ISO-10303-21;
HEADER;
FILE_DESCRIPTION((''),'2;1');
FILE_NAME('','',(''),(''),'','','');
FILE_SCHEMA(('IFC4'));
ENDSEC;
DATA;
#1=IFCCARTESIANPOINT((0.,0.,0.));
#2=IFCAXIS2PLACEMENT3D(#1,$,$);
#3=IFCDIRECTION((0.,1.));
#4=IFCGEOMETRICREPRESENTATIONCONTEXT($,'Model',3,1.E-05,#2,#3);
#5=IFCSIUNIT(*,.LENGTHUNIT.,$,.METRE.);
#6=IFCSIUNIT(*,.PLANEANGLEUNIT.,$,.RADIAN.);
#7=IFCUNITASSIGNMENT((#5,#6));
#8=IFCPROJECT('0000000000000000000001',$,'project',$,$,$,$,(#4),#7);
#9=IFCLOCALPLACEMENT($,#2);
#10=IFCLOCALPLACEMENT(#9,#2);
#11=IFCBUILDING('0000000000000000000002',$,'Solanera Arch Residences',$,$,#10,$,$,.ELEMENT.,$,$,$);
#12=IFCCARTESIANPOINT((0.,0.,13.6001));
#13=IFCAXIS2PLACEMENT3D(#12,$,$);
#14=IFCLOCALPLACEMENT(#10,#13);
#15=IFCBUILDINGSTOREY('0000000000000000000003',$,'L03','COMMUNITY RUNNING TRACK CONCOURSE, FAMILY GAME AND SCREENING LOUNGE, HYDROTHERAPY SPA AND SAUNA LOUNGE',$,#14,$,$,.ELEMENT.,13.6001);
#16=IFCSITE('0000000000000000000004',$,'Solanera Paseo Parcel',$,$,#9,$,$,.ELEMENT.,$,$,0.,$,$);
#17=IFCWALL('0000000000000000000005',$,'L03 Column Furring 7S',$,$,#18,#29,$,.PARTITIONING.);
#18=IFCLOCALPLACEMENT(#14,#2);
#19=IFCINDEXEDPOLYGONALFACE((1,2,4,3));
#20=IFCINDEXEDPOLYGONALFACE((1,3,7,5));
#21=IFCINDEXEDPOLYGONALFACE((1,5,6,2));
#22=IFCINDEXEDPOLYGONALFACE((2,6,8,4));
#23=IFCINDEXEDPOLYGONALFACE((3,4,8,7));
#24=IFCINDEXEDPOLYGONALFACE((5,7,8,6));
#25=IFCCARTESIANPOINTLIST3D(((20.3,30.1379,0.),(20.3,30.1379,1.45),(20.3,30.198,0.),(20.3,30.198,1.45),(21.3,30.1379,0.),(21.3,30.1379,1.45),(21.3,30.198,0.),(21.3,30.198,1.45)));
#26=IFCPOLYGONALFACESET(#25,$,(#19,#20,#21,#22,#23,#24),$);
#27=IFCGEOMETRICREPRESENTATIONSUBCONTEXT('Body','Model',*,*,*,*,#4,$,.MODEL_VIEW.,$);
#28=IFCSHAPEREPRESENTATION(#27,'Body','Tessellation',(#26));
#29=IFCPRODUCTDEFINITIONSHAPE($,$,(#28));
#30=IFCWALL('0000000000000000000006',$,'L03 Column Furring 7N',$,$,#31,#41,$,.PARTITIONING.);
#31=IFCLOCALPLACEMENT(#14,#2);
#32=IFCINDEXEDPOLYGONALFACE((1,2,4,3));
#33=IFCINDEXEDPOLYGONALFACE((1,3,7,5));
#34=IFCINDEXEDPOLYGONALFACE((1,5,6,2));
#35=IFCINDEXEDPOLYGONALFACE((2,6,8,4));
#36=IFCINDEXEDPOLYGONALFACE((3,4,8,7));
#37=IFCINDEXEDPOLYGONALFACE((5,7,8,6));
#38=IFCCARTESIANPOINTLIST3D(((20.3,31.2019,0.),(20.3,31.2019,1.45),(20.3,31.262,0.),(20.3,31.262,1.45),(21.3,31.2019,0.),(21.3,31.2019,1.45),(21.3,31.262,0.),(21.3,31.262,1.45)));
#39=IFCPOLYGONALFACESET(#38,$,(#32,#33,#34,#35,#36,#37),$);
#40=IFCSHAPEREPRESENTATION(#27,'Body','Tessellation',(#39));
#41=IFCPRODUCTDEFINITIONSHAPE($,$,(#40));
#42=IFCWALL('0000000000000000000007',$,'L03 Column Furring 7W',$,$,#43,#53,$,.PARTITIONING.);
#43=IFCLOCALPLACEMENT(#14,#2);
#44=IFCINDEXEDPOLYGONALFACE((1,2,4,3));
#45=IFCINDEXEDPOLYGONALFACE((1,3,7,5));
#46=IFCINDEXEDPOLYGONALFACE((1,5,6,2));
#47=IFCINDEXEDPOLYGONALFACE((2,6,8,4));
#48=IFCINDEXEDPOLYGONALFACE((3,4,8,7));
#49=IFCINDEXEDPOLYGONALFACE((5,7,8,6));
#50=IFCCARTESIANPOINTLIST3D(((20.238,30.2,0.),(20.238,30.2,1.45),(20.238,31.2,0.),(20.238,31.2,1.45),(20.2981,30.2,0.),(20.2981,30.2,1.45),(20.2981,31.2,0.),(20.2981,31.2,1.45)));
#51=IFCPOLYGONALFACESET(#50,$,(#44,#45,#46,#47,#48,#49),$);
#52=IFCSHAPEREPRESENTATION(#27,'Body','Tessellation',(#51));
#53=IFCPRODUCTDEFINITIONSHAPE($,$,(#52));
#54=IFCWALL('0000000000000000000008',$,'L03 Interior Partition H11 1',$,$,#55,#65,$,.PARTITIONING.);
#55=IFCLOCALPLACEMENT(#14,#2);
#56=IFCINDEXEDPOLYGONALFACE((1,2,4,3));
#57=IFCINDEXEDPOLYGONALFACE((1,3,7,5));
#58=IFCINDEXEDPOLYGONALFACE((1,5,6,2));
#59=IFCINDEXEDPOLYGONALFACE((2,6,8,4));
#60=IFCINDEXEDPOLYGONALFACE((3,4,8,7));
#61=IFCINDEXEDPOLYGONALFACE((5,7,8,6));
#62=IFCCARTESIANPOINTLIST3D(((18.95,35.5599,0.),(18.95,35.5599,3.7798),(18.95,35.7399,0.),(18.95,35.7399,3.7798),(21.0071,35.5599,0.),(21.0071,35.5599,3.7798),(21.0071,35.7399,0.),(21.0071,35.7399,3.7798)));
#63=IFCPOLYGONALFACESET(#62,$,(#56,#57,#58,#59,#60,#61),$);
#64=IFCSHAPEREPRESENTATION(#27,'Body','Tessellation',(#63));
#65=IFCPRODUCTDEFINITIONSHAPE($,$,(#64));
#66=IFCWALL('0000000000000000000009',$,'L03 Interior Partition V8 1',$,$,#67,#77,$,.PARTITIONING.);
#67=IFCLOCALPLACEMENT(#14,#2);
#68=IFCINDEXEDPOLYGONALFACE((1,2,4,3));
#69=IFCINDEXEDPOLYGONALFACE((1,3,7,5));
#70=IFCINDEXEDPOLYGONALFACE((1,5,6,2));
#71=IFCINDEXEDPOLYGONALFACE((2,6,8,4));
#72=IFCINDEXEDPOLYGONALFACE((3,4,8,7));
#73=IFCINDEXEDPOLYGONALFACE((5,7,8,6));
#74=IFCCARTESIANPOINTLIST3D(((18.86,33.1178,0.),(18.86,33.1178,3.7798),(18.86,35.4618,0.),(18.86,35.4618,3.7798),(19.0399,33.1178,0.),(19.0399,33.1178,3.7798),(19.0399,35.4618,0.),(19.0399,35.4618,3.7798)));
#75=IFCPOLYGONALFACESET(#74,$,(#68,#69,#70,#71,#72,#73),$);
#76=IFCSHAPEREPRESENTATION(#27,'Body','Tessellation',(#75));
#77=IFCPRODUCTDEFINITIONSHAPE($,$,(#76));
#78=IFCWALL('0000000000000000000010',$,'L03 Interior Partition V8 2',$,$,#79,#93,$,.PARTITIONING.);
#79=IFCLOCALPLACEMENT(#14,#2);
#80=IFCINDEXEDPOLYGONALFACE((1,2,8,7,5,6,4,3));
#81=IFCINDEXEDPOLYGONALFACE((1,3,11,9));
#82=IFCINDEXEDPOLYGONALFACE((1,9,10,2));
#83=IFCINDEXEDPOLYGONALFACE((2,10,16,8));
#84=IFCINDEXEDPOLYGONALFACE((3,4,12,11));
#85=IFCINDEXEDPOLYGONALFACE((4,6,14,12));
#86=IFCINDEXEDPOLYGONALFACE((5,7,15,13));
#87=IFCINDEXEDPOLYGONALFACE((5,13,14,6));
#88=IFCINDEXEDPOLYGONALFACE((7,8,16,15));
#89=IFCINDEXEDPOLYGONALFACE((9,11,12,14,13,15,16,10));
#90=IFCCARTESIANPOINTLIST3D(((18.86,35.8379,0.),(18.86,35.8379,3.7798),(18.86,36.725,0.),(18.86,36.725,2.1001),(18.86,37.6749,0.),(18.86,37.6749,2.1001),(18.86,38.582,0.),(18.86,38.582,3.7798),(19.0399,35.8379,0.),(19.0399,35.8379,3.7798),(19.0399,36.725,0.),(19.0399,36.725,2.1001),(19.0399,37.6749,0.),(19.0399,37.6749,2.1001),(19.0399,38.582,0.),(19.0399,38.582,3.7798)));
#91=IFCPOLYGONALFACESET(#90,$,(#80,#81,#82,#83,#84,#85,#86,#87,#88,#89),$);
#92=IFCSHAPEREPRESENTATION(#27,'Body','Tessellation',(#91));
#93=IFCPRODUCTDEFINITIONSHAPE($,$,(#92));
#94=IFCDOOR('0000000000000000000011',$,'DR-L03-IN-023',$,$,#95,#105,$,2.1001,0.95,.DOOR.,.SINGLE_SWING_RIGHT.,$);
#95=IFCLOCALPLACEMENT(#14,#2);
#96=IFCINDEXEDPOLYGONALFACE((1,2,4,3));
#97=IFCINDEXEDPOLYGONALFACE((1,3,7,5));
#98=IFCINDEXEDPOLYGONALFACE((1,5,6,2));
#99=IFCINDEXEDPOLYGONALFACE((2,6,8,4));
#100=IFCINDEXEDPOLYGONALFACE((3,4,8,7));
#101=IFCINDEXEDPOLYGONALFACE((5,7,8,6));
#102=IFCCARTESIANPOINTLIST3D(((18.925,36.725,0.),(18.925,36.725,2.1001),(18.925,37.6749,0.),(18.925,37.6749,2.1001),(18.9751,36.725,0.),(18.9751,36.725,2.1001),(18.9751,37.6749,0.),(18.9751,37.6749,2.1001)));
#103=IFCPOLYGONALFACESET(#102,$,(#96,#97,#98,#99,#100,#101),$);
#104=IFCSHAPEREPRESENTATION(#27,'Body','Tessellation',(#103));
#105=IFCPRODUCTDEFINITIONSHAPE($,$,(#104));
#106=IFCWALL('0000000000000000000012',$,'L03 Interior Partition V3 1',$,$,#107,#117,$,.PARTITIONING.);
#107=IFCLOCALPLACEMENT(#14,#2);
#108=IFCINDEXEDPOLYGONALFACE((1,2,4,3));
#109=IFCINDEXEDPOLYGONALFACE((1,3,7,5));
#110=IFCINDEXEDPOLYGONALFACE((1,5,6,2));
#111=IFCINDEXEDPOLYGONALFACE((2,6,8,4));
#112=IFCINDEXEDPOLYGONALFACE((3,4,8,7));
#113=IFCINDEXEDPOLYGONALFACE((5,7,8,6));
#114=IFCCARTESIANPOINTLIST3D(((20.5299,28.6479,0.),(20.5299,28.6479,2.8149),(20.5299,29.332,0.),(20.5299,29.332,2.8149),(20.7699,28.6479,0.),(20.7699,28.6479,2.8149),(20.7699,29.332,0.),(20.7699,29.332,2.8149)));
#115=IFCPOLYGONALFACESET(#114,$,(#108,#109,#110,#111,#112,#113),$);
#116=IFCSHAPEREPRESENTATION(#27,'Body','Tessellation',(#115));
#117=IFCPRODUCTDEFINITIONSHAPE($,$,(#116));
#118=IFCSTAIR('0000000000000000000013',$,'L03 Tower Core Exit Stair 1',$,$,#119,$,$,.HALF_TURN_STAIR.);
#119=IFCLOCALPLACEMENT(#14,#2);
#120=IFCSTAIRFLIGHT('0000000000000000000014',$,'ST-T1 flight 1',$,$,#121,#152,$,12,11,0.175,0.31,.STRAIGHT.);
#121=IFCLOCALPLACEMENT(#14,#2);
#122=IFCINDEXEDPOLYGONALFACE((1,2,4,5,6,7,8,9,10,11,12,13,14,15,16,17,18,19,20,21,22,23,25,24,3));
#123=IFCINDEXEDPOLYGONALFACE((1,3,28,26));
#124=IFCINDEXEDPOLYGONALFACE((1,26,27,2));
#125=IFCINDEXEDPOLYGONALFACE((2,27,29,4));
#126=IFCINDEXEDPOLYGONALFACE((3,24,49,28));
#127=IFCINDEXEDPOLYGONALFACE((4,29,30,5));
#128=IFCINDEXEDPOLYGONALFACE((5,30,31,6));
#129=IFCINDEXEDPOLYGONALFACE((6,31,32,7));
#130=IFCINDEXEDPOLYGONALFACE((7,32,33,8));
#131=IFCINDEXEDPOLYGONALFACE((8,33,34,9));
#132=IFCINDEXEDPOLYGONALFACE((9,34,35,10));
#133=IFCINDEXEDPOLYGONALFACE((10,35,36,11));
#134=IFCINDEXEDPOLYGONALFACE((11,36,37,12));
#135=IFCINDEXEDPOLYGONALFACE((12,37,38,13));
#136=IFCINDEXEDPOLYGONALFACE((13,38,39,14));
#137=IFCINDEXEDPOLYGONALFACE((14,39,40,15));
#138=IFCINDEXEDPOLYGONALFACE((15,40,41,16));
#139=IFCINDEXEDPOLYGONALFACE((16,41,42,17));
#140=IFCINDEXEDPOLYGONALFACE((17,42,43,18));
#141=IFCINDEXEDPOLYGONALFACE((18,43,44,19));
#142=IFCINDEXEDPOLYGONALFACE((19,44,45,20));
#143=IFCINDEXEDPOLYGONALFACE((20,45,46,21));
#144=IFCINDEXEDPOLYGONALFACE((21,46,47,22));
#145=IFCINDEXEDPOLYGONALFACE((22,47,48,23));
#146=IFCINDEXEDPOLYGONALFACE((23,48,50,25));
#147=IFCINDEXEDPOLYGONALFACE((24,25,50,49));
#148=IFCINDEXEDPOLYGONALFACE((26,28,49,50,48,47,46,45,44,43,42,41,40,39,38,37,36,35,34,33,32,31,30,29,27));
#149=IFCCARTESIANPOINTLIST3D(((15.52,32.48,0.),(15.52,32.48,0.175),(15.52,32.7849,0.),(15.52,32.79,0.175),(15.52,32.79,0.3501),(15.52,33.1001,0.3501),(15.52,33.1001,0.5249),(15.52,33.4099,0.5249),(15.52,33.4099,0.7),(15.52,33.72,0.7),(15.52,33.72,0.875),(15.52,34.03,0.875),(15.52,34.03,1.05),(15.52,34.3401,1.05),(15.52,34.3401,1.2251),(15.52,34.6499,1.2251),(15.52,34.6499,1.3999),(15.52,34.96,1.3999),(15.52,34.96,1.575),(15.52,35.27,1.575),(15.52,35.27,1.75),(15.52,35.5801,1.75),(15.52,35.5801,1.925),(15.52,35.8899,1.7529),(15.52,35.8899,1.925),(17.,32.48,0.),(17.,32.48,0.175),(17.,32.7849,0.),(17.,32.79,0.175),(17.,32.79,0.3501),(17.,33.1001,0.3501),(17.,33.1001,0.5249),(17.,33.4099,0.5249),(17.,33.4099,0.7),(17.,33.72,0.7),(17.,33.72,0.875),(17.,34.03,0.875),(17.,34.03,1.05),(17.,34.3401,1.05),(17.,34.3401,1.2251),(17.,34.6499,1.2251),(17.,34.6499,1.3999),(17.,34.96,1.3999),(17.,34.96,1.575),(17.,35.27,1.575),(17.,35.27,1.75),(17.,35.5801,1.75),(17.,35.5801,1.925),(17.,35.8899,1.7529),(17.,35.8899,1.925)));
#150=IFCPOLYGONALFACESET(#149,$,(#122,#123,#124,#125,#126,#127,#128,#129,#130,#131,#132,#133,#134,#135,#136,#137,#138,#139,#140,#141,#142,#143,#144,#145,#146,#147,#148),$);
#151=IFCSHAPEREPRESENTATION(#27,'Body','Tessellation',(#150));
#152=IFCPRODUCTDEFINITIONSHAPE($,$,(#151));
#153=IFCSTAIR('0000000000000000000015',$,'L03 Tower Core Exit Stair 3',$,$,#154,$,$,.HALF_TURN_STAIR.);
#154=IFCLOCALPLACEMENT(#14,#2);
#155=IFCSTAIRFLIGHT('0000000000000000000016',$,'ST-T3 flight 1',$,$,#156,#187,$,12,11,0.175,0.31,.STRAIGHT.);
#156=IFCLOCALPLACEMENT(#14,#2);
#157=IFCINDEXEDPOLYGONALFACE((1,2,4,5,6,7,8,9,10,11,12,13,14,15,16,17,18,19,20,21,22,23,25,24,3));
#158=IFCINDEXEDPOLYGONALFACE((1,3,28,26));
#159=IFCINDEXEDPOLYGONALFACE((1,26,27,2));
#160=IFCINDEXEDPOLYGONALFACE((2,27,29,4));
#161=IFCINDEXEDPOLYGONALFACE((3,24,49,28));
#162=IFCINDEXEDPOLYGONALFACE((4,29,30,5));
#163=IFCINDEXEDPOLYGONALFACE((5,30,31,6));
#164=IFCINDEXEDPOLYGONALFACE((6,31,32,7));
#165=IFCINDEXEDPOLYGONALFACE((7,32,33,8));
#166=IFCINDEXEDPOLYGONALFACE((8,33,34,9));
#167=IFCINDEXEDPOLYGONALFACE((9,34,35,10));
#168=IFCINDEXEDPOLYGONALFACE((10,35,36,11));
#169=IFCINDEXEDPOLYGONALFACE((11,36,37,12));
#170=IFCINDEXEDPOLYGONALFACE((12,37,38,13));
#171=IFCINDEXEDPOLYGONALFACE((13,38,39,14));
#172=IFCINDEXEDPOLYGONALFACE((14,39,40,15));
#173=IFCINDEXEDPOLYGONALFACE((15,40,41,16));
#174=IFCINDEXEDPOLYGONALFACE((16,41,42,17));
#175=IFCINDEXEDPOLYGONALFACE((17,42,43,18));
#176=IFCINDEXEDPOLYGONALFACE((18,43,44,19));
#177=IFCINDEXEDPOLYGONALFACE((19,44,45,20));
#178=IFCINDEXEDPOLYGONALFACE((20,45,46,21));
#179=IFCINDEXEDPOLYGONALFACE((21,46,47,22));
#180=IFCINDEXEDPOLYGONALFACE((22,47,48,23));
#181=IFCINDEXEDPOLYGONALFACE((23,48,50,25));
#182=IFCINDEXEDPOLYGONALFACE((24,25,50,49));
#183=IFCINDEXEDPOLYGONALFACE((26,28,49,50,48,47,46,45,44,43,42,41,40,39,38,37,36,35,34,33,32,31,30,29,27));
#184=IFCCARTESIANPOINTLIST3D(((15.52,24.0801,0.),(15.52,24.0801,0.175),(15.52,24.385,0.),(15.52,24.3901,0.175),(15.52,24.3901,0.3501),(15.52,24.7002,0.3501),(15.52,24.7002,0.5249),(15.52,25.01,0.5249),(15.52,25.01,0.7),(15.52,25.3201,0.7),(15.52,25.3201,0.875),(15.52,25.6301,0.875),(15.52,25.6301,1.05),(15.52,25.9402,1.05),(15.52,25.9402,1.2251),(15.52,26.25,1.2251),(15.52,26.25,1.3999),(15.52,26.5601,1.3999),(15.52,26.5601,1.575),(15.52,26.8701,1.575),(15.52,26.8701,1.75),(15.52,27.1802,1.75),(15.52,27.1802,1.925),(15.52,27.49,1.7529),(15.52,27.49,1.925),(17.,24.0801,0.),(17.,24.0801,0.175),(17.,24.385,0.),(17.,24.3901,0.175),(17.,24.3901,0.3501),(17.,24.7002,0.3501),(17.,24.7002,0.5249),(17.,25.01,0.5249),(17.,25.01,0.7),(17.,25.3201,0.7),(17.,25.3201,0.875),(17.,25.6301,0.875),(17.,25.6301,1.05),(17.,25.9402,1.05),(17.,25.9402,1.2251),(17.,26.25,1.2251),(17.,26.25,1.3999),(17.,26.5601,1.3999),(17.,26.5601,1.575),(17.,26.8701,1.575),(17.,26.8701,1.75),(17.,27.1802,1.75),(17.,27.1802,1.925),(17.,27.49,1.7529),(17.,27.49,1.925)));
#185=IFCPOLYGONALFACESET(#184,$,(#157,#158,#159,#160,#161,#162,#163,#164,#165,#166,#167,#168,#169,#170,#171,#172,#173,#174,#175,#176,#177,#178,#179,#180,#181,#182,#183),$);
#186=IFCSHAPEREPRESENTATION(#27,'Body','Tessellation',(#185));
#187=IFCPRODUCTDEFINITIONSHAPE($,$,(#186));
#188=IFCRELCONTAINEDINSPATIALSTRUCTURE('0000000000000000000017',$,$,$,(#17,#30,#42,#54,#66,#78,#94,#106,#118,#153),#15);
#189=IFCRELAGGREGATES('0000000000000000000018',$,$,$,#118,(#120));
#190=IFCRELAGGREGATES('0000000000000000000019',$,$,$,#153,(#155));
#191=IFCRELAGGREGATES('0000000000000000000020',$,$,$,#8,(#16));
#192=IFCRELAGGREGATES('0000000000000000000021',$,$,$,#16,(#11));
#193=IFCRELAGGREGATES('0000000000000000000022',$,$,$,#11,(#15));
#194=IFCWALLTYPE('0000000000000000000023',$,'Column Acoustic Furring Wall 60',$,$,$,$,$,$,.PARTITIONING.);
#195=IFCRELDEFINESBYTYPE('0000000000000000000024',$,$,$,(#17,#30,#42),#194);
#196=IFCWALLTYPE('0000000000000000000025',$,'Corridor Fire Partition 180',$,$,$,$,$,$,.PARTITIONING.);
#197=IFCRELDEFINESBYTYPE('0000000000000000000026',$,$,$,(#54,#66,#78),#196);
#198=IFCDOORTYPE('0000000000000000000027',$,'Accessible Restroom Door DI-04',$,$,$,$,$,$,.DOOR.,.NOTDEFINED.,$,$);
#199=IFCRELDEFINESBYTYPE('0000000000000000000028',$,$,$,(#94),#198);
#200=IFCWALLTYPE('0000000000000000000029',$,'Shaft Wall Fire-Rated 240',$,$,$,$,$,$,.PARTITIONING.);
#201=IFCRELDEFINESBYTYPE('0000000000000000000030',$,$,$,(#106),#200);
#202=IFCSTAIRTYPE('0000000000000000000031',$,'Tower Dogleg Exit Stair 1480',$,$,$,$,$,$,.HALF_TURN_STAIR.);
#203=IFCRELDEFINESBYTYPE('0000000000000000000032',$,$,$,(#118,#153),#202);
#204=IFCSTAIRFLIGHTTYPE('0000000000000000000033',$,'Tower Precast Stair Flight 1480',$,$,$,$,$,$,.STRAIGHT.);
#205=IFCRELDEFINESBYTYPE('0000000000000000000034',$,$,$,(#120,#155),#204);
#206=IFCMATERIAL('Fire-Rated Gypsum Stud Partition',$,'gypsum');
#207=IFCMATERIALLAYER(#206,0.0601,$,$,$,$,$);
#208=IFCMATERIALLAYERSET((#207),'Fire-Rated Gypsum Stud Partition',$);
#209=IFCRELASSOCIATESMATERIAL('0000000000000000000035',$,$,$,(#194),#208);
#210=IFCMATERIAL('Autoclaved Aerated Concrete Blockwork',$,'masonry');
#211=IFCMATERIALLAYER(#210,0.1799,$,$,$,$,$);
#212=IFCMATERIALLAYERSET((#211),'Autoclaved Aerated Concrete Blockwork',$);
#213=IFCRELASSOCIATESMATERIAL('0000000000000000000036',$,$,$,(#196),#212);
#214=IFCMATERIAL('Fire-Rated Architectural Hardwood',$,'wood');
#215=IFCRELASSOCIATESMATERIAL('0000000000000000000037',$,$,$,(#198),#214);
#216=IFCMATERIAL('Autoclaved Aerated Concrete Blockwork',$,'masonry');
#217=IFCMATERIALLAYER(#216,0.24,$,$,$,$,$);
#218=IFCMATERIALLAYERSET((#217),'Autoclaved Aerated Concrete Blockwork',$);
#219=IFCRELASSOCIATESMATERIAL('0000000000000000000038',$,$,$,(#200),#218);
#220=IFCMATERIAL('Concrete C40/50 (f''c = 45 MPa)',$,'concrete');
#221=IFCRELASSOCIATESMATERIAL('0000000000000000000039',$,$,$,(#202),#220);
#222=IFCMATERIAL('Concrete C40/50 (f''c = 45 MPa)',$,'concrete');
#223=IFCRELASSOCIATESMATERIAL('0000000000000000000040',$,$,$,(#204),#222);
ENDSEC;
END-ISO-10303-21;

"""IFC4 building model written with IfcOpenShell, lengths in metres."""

from ifc_helpers import new_model, si_unit, direction, frame, frame_2d, origin, place, context, subcontext, project, spatial, polyline, rectangle, outline, extrude, material, layer, layer_set, type_object, element, fill, aggregate, save


model = new_model("IFC4")

# Units and contexts
model_context = context("Model", 3, precision=1e-05, world=origin(), true_north=direction((0.0, 1.0)))
body_context = subcontext(model_context, "Body", "Model", "MODEL_VIEW")
ifc_project = project(units=[si_unit("LENGTHUNIT", "METRE"), si_unit("PLANEANGLEUNIT", "RADIAN")], contexts=[model_context])

# Site, building, storey
site_placement = place(None, origin())
site = spatial("IfcSite", under=ifc_project, at=site_placement, Name="Solanera Paseo Parcel", CompositionType="ELEMENT", RefElevation=0.0)
building_placement = place(site_placement, origin())
building = spatial("IfcBuilding", under=site, at=building_placement, Name="Solanera Arch Residences", CompositionType="ELEMENT")
storey_placement = place(building_placement, frame((0.0, 0.0, 13.6001)))
storey = spatial("IfcBuildingStorey", under=building, at=storey_placement, Name="L03", Description="COMMUNITY RUNNING TRACK CONCOURSE, FAMILY GAME AND SCREENING LOUNGE, HYDROTHERAPY SPA AND SAUNA LOUNGE", CompositionType="ELEMENT", Elevation=13.6001)

# Walls
ifc_material_1 = material(Name="Fire-Rated Gypsum Stud Partition", Category="gypsum")
ifc_layer_1 = layer(ifc_material_1, 0.0601)
ifc_layer_set_1 = layer_set([ifc_layer_1], Name="Fire-Rated Gypsum Stud Partition")
wall_type_1 = type_object("IfcWallType", Name="Column Acoustic Furring Wall 60", PredefinedType="PARTITIONING", material=ifc_layer_set_1)
for number, where, z_axis, x_axis, name in (
    (1, (20.3, 30.168, 0.0), (0.0, 0.0, 1.0), (1.0, 0.0, 0.0), "L03 Column Furring 7S"),
    (2, (20.3, 31.2319, 0.0), (0.0, 0.0, 1.0), (1.0, 0.0, 0.0), "L03 Column Furring 7N"),
    (3, (20.2681, 30.2, 0.0), (0.0, 0.0, 1.0), (0.0, 1.0, 0.0), "L03 Column Furring 7W"),
):
    element("IfcWall", number, at=place(storey_placement, frame(where, z_axis=z_axis, x_axis=x_axis)), inside=storey, type_object=wall_type_1, Name=name, PredefinedType="PARTITIONING", context=body_context, shape_type="SweptSolid", body=[
        extrude(rectangle(XDim=1.0, YDim=0.0601, at=frame_2d((0.5, 0.0))), origin(), (0.0, 0.0, 1.0), 1.45),
    ])

# Walls
ifc_material_2 = material(Name="Autoclaved Aerated Concrete Blockwork", Category="masonry")
ifc_layer_2 = layer(ifc_material_2, 0.1799)
ifc_layer_set_2 = layer_set([ifc_layer_2], Name="Autoclaved Aerated Concrete Blockwork")
wall_type_2 = type_object("IfcWallType", Name="Corridor Fire Partition 180", PredefinedType="PARTITIONING", material=ifc_layer_set_2)
wall_1_placement = place(storey_placement, frame((18.95, 35.6499, 0.0), z_axis=(0.0, 0.0, 1.0), x_axis=(1.0, 0.0, 0.0)))
element("IfcWall", 4, at=wall_1_placement, inside=storey, type_object=wall_type_2, Name="L03 Interior Partition H11 1", PredefinedType="PARTITIONING", context=body_context, shape_type="SweptSolid", body=[
    extrude(rectangle(XDim=2.0571, YDim=0.1799, at=frame_2d((1.0286, 0.0))), origin(), (0.0, 0.0, 1.0), 3.7798),
])
wall_2_placement = place(storey_placement, frame((18.95, 33.1179, 0.0), z_axis=(0.0, 0.0, 1.0), x_axis=(0.0, 1.0, 0.0)))
element("IfcWall", 5, at=wall_2_placement, inside=storey, type_object=wall_type_2, Name="L03 Interior Partition V8 1", PredefinedType="PARTITIONING", context=body_context, shape_type="SweptSolid", body=[
    extrude(rectangle(XDim=2.344, YDim=0.1799, at=frame_2d((1.1719, 0.0))), origin(), (0.0, 0.0, 1.0), 3.7798),
])

# Wall, opening, door
wall_3_placement = place(storey_placement, frame((18.95, 35.8379, 0.0), z_axis=(0.0, 0.0, 1.0), x_axis=(0.0, 1.0, 0.0)))
wall_3 = element("IfcWall", 6, at=wall_3_placement, inside=storey, type_object=wall_type_2, Name="L03 Interior Partition V8 2", PredefinedType="PARTITIONING", context=body_context, shape_type="SweptSolid", body=[
    extrude(rectangle(XDim=2.7441, YDim=0.1799, at=frame_2d((1.3721, 0.0))), origin(), (0.0, 0.0, 1.0), 3.7798),
])
opening_1_placement = place(wall_3_placement, frame((0.887, 0.0, 0.0)))
opening_1 = element("IfcOpeningElement", 7, at=opening_1_placement, cuts=wall_3, PredefinedType="OPENING", context=body_context, shape_type="SweptSolid", body=[
    extrude(rectangle(XDim=0.95, YDim=2.1001, at=frame_2d((0.4751, 1.05))), frame((0.0, 0.1001, 0.0), z_axis=(0.0, -1.0, 0.0), x_axis=(1.0, 0.0, 0.0)), (0.0, 0.0, 1.0), 0.1999),
])
ifc_material_3 = material(Name="Fire-Rated Architectural Hardwood", Category="wood")
door_type_1 = type_object("IfcDoorType", Name="Accessible Restroom Door DI-04", OperationType="NOTDEFINED", PredefinedType="DOOR", material=ifc_material_3)
door_1_placement = place(opening_1_placement, origin())
door_1 = element("IfcDoor", 8, at=door_1_placement, inside=storey, type_object=door_type_1, Name="DR-L03-IN-023", OperationType="SINGLE_SWING_RIGHT", OverallHeight=2.1001, OverallWidth=0.95, PredefinedType="DOOR", context=body_context, shape_type="SweptSolid", body=[
    extrude(rectangle(XDim=0.95, YDim=2.1001, at=frame_2d((0.4751, 1.05))), frame((0.0, 0.0249, 0.0), z_axis=(0.0, -1.0, 0.0), x_axis=(1.0, 0.0, 0.0)), (0.0, 0.0, 1.0), 0.05),
])
fill(opening_1, door_1)
ifc_material_4 = material(Name="Autoclaved Aerated Concrete Blockwork", Category="masonry")
ifc_layer_3 = layer(ifc_material_4, 0.24)
ifc_layer_set_3 = layer_set([ifc_layer_3], Name="Autoclaved Aerated Concrete Blockwork")
wall_type_3 = type_object("IfcWallType", Name="Shaft Wall Fire-Rated 240", PredefinedType="PARTITIONING", material=ifc_layer_set_3)

# Wall
wall_4_placement = place(storey_placement, frame((20.6499, 28.6479, 0.0), z_axis=(0.0, 0.0, 1.0), x_axis=(0.0, 1.0, 0.0)))
element("IfcWall", 9, at=wall_4_placement, inside=storey, type_object=wall_type_3, Name="L03 Interior Partition V3 1", PredefinedType="PARTITIONING", context=body_context, shape_type="SweptSolid", body=[
    extrude(rectangle(XDim=0.6841, YDim=0.24, at=frame_2d((0.342, 0.0))), origin(), (0.0, 0.0, 1.0), 2.8149),
])

# Stairs, stair flights
ifc_material_5 = material(Name="Concrete C40/50 (f'c = 45 MPa)", Category="concrete")
stair_type = type_object("IfcStairType", Name="Tower Dogleg Exit Stair 1480", PredefinedType="HALF_TURN_STAIR", material=ifc_material_5)
stair_1_placement = place(storey_placement, origin())
stair_1 = element("IfcStair", 10, at=stair_1_placement, inside=storey, type_object=stair_type, Name="L03 Tower Core Exit Stair 1", PredefinedType="HALF_TURN_STAIR")
ifc_material_6 = material(Name="Concrete C40/50 (f'c = 45 MPa)", Category="concrete")
stair_flight_type = type_object("IfcStairFlightType", Name="Tower Precast Stair Flight 1480", PredefinedType="STRAIGHT", material=ifc_material_6)
stair_flight_1_placement = place(storey_placement, frame((16.26, 32.48, 0.0), z_axis=(0.0, 0.0, 1.0), x_axis=(0.0, 1.0, 0.0)))
stair_flight_1 = element("IfcStairFlight", 11, at=stair_flight_1_placement, type_object=stair_flight_type, Name="ST-T1 flight 1", NumberOfRisers=12, NumberOfTreads=11, PredefinedType="STRAIGHT", RiserHeight=0.175, TreadLength=0.31, context=body_context, shape_type="SweptSolid", body=[
    extrude(outline(polyline([(0.0, 0.0), (0.0, 0.175), (0.3101, 0.175), (0.3101, 0.3501), (0.6201, 0.3501), (0.6201, 0.5249), (0.9299, 0.5249), (0.9299, 0.7), (1.24, 0.7), (1.24, 0.875), (1.55, 0.875), (1.55, 1.05), (1.8601, 1.05), (1.8601, 1.2251), (2.1699, 1.2251), (2.1699, 1.3999), (2.48, 1.3999), (2.48, 1.575), (2.79, 1.575), (2.79, 1.75), (3.1001, 1.75), (3.1001, 1.925), (3.4099, 1.925), (3.4099, 2.1001), (3.4099, 1.7529), (0.3049, 0.0), (0.0, 0.0)])), frame((0.0, 0.74, 0.0), z_axis=(0.0, -1.0, 0.0), x_axis=(1.0, 0.0, 0.0)), (0.0, 0.0, 1.0), 1.48),
])
aggregate(stair_1, [stair_flight_1])
stair_2_placement = place(storey_placement, origin())
stair_2 = element("IfcStair", 12, at=stair_2_placement, inside=storey, type_object=stair_type, Name="L03 Tower Core Exit Stair 3", PredefinedType="HALF_TURN_STAIR")
stair_flight_2_placement = place(storey_placement, frame((16.26, 24.0801, 0.0), z_axis=(0.0, 0.0, 1.0), x_axis=(0.0, 1.0, 0.0)))
stair_flight_2 = element("IfcStairFlight", 13, at=stair_flight_2_placement, type_object=stair_flight_type, Name="ST-T3 flight 1", NumberOfRisers=12, NumberOfTreads=11, PredefinedType="STRAIGHT", RiserHeight=0.175, TreadLength=0.31, context=body_context, shape_type="SweptSolid", body=[
    extrude(outline(polyline([(0.0, 0.0), (0.0, 0.175), (0.3101, 0.175), (0.3101, 0.3501), (0.6201, 0.3501), (0.6201, 0.5249), (0.9299, 0.5249), (0.9299, 0.7), (1.24, 0.7), (1.24, 0.875), (1.55, 0.875), (1.55, 1.05), (1.8601, 1.05), (1.8601, 1.2251), (2.1699, 1.2251), (2.1699, 1.3999), (2.48, 1.3999), (2.48, 1.575), (2.79, 1.575), (2.79, 1.75), (3.1001, 1.75), (3.1001, 1.925), (3.4099, 1.925), (3.4099, 2.1001), (3.4099, 1.7529), (0.3049, 0.0), (0.0, 0.0)])), frame((0.0, 0.74, 0.0), z_axis=(0.0, -1.0, 0.0), x_axis=(1.0, 0.0, 0.0)), (0.0, 0.0, 1.0), 1.48),
])
aggregate(stair_2, [stair_flight_2])

save(model, "model.ifc")
